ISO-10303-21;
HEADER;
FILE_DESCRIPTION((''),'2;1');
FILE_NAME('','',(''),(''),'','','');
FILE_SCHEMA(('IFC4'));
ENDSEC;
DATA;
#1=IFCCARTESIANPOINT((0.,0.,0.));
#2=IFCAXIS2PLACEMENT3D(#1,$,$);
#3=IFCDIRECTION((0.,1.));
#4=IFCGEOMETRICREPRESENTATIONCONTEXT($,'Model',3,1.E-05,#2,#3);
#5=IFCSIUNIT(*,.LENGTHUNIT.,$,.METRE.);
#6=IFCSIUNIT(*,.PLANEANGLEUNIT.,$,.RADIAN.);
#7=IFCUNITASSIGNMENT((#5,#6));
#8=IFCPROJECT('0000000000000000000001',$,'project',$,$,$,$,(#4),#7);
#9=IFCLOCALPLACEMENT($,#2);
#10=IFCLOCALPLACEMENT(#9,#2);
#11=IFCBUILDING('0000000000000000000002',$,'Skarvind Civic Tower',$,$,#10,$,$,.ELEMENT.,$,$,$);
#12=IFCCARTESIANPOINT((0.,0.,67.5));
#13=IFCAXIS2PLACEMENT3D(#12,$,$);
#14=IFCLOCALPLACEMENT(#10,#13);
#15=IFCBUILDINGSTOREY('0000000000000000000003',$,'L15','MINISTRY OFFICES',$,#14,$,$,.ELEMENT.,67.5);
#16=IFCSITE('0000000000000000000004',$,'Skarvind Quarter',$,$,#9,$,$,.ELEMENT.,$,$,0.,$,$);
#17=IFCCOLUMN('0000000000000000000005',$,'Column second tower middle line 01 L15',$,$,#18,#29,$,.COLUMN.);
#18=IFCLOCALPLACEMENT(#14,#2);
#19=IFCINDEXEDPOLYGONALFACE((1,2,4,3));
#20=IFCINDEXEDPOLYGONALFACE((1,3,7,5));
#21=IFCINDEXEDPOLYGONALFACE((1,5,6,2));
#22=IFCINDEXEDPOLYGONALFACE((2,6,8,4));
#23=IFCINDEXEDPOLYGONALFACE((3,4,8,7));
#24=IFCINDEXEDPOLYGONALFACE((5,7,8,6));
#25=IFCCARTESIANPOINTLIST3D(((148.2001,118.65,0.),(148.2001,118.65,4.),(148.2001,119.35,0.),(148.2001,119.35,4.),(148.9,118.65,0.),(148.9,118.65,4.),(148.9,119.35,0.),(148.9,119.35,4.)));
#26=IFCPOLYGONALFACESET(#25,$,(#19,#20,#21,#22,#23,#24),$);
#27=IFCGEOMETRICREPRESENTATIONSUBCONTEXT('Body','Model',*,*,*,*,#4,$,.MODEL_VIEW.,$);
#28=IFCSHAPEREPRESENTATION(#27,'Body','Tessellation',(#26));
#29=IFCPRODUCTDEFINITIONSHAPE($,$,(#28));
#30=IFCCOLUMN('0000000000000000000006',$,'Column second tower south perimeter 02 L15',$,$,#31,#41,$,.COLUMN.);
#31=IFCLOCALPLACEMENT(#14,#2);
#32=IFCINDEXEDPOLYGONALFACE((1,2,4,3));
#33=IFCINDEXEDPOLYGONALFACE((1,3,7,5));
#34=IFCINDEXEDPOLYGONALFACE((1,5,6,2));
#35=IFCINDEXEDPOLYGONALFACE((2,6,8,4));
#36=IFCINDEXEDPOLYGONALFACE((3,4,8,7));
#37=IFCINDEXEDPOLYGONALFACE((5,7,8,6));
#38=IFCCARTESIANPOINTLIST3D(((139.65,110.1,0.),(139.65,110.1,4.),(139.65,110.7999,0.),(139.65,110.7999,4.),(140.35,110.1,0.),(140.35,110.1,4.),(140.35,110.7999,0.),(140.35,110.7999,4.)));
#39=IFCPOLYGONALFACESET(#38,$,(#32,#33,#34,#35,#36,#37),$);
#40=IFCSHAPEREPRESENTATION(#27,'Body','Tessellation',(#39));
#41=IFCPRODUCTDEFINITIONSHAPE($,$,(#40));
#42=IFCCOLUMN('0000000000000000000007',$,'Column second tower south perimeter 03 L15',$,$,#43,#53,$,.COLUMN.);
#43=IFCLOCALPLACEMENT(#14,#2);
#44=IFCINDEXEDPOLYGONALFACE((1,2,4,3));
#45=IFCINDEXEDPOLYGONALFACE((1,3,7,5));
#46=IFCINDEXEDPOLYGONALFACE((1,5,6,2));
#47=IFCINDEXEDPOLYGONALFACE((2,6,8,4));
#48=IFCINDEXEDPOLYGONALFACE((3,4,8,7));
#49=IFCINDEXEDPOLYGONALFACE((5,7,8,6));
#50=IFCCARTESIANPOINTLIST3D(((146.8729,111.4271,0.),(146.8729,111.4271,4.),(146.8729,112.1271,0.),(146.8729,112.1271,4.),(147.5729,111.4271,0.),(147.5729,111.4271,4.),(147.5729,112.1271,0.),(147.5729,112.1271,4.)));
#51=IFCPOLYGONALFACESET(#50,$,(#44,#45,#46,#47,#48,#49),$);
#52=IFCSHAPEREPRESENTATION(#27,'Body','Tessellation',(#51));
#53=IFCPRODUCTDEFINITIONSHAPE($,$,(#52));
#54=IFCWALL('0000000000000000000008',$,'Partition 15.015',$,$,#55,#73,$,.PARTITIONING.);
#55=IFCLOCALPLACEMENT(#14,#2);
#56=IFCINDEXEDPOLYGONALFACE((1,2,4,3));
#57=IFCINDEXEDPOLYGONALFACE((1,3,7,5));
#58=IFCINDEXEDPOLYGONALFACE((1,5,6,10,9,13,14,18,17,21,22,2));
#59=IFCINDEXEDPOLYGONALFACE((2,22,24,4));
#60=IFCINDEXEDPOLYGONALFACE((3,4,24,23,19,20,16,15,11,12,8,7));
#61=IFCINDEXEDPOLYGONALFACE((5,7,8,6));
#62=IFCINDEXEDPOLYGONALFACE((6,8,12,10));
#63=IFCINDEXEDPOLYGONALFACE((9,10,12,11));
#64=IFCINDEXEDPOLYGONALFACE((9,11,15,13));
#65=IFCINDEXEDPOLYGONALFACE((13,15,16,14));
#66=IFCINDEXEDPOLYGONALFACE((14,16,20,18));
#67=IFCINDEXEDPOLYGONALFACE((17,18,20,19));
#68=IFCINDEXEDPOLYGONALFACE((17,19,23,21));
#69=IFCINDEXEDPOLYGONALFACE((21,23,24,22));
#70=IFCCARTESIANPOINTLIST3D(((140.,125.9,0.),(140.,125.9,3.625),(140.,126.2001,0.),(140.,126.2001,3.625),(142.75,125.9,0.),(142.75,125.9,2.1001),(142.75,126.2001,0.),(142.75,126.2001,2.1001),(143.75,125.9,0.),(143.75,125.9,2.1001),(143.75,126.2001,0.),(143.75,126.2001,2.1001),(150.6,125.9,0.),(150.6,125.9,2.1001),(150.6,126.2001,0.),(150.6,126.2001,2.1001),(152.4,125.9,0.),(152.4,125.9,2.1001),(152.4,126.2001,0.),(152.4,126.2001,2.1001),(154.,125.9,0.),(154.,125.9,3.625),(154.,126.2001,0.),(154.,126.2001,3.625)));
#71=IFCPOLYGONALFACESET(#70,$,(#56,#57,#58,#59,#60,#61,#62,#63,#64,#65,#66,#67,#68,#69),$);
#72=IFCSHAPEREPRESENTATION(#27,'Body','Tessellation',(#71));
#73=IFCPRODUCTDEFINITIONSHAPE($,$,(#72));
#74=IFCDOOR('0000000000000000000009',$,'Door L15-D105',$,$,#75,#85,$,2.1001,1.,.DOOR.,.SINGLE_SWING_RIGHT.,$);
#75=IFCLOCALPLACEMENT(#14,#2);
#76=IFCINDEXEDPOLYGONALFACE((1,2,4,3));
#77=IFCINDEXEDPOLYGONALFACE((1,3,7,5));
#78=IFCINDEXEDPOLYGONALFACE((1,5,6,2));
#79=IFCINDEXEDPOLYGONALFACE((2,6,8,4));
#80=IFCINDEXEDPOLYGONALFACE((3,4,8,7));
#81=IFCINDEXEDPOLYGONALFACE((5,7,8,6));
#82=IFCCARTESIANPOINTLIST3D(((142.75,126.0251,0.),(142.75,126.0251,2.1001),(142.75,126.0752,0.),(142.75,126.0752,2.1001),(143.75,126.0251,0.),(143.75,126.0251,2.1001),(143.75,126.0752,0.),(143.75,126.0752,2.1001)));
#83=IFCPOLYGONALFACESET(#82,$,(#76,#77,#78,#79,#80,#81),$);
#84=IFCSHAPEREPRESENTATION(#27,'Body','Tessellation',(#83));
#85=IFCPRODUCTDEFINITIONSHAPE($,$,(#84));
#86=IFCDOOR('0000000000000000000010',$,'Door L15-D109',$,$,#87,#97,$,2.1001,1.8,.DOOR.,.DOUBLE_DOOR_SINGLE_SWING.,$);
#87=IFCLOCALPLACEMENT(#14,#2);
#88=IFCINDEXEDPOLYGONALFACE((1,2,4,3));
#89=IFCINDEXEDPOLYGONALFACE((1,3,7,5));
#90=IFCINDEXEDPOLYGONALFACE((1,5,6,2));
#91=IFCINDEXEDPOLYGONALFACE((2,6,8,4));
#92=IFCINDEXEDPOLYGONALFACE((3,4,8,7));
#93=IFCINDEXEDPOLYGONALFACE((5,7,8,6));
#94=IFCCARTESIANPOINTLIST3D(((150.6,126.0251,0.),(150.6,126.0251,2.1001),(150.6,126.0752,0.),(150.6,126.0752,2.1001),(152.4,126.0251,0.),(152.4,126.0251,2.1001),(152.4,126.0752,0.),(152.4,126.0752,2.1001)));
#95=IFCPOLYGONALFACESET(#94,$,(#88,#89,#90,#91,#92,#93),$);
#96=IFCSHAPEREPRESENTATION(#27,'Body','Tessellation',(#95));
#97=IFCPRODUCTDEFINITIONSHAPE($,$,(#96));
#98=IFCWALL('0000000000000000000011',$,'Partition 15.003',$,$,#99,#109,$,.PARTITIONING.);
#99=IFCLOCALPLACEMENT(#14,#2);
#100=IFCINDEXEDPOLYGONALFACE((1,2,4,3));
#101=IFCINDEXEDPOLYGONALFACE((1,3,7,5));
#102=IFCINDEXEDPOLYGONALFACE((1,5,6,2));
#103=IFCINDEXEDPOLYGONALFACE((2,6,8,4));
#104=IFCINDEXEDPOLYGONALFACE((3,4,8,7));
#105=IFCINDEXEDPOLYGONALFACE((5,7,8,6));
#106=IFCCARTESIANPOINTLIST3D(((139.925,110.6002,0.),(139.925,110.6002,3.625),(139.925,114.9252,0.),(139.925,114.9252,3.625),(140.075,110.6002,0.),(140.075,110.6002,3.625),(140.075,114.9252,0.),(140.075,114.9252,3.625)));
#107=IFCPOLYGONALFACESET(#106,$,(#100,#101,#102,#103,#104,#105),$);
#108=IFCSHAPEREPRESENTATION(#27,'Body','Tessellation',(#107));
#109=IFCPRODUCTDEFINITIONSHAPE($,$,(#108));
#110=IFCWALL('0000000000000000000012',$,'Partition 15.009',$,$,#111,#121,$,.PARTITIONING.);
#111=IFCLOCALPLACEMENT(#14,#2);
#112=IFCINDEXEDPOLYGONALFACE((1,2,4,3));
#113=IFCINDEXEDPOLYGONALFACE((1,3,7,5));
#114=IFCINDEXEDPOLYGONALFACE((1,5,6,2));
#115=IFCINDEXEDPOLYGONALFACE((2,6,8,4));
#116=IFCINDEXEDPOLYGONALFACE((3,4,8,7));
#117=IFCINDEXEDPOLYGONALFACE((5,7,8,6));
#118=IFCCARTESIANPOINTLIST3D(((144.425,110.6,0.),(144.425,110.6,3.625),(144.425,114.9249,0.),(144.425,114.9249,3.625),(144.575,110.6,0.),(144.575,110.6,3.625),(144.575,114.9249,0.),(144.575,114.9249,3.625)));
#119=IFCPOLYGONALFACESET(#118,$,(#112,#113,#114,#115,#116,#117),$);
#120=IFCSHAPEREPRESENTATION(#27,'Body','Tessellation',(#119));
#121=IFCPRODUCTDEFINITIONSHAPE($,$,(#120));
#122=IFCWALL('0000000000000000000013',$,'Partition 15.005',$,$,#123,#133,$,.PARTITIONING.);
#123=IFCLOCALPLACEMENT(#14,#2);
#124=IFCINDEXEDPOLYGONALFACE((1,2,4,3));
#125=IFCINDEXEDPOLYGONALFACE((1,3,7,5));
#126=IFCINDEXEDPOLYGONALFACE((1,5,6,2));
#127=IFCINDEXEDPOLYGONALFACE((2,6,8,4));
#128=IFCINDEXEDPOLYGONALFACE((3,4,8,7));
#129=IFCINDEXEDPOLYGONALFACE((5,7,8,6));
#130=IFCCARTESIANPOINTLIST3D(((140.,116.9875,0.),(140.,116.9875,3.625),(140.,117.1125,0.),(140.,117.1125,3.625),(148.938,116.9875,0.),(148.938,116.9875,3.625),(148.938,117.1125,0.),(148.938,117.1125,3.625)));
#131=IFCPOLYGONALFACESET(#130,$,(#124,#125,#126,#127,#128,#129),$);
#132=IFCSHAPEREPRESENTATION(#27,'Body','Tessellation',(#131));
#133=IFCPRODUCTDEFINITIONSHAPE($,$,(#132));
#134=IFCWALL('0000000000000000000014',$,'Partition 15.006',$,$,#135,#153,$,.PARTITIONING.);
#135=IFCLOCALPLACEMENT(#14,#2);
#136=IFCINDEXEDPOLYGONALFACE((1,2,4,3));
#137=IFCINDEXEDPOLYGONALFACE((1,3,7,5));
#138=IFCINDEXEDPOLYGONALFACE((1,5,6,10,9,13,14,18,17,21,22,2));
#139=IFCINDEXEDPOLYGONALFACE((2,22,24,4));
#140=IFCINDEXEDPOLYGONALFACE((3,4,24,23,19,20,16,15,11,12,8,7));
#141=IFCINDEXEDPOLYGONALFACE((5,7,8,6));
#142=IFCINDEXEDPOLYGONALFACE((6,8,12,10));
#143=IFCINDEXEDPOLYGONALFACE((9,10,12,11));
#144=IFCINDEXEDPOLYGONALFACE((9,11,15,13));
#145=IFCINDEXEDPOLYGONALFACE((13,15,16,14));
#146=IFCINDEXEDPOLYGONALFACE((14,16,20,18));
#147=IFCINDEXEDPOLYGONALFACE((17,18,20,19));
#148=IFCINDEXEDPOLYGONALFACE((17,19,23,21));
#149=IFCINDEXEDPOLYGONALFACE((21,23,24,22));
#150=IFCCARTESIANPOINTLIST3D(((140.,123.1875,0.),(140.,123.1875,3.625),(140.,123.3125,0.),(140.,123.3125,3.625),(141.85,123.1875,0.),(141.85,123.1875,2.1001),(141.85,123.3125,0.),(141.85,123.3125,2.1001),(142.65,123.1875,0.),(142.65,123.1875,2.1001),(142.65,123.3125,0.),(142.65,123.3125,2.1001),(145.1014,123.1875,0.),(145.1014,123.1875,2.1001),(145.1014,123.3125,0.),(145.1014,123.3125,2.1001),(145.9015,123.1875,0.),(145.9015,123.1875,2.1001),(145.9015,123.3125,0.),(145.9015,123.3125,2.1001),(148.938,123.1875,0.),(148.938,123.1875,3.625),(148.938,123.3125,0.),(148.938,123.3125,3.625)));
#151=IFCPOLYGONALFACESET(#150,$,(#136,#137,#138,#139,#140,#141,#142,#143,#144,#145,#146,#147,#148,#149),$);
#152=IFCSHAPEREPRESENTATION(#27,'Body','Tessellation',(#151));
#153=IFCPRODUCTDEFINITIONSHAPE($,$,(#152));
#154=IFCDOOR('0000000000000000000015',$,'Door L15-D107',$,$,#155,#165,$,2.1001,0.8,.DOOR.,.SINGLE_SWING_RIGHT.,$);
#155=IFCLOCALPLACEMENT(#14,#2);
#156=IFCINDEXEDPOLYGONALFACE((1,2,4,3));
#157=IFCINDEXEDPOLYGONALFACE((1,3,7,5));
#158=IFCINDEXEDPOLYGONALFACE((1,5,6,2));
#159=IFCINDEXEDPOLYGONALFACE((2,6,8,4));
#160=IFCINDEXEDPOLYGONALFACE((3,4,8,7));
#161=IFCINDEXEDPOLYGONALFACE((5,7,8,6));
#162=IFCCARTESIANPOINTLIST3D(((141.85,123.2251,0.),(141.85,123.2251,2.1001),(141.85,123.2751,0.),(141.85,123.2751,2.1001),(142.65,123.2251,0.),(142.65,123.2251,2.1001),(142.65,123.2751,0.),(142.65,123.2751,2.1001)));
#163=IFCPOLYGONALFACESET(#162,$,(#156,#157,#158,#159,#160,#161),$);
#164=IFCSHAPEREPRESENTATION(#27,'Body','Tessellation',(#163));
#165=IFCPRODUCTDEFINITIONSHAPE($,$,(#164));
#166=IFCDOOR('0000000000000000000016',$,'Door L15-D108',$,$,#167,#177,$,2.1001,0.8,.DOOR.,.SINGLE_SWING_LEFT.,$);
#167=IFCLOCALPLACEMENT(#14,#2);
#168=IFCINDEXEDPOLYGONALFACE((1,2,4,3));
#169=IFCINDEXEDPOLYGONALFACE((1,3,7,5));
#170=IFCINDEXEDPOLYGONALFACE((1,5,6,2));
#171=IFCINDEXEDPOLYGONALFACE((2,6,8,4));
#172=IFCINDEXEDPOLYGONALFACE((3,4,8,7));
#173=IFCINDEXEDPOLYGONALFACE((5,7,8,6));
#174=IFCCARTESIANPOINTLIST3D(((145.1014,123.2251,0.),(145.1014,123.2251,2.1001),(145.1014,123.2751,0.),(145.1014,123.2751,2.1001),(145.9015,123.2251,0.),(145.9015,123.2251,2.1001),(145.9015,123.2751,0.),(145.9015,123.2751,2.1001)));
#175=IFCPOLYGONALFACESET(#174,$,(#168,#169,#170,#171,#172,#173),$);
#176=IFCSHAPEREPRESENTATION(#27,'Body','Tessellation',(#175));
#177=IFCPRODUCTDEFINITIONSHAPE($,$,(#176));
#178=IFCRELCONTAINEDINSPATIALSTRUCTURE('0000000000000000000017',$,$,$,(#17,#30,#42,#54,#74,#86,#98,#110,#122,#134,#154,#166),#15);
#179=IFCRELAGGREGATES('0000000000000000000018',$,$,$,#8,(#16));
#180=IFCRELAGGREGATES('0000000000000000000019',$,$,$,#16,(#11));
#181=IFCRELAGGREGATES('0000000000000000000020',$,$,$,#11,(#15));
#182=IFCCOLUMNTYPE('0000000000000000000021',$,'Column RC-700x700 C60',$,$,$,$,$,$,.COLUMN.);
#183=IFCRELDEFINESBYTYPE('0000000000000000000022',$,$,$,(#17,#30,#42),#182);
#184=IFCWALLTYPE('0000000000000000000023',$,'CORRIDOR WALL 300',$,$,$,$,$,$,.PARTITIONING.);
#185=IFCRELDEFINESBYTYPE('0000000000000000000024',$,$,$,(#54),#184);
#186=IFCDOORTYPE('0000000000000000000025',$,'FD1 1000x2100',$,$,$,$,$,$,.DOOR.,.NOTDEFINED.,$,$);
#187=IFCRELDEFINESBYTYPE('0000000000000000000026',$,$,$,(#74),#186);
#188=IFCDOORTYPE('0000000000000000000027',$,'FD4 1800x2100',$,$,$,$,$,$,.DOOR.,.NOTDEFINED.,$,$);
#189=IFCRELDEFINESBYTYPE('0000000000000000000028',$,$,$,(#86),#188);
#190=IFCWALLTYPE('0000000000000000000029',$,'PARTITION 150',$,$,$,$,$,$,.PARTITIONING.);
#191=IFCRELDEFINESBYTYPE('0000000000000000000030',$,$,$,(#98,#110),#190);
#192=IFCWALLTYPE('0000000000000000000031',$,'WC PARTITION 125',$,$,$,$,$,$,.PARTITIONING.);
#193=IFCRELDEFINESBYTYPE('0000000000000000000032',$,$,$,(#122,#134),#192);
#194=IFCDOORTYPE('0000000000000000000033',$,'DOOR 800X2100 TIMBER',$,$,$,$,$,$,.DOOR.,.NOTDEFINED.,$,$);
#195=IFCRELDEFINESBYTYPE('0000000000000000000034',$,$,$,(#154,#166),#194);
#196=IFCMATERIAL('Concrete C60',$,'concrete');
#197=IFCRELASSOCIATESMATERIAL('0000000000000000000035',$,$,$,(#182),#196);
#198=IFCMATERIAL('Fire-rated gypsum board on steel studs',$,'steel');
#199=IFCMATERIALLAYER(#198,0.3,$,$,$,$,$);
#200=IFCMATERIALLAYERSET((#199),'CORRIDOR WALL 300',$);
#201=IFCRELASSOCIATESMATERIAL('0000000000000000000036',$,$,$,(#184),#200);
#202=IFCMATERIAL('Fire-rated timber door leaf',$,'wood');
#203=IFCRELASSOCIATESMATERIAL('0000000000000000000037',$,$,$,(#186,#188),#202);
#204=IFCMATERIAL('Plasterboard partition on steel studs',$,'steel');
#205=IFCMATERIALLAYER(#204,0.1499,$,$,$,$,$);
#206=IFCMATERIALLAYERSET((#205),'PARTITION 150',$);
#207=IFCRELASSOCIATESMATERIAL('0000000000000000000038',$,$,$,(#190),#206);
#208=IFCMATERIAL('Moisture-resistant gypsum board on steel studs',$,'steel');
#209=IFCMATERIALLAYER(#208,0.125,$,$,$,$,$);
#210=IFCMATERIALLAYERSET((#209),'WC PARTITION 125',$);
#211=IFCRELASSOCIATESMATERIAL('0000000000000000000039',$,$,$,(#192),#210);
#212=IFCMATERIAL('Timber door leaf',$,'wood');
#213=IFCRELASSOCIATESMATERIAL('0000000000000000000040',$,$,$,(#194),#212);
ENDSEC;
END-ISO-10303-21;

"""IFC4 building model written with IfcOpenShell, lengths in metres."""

from ifc_helpers import new_model, si_unit, direction, frame, frame_2d, origin, origin_2d, place, context, subcontext, project, spatial, rectangle, extrude, material, layer, layer_set, material_profile, profile_set, type_object, element, fill, save


model = new_model("IFC4")

# Units and contexts
model_context = context("Model", 3, precision=1e-05, world=origin(), true_north=direction((0.0, 1.0)))
body_context = subcontext(model_context, "Body", "Model", "MODEL_VIEW")
ifc_project = project(units=[si_unit("LENGTHUNIT", "METRE"), si_unit("PLANEANGLEUNIT", "RADIAN")], contexts=[model_context])

# Site, building, storey
site_placement = place(None, origin())
site = spatial("IfcSite", under=ifc_project, at=site_placement, Name="Skarvind Quarter", CompositionType="ELEMENT", RefElevation=0.0)
building_placement = place(site_placement, origin())
building = spatial("IfcBuilding", under=site, at=building_placement, Name="Skarvind Civic Tower", CompositionType="ELEMENT")
storey_placement = place(building_placement, frame((0.0, 0.0, 67.5)))
storey = spatial("IfcBuildingStorey", under=building, at=storey_placement, Name="L15", Description="MINISTRY OFFICES", CompositionType="ELEMENT", Elevation=67.5)

# Columns
ifc_material_1 = material(Name="Concrete C60", Category="concrete")
ifc_material_profile = material_profile(ifc_material_1, rectangle(XDim=0.7, YDim=0.7, at=origin_2d()), Name="RC-700x700")
ifc_profile_set = profile_set([ifc_material_profile], Name="Concrete C60")
column_type = type_object("IfcColumnType", Name="Column RC-700x700 C60", PredefinedType="COLUMN", material=ifc_profile_set)
for number, where, z_axis, x_axis, name in (
    (1, (148.55, 119.0, 0.0), (0.0, 0.0, 1.0), (1.0, 0.0, 0.0), "Column second tower middle line 01 L15"),
    (2, (140.0, 110.45, 0.0), (0.0, 0.0, 1.0), (1.0, 0.0, 0.0), "Column second tower south perimeter 02 L15"),
    (3, (147.2229, 111.7771, 0.0), (0.0, 0.0, 1.0), (1.0, 0.0, 0.0), "Column second tower south perimeter 03 L15"),
):
    element("IfcColumn", number, at=place(storey_placement, frame(where, z_axis=z_axis, x_axis=x_axis)), inside=storey, type_object=column_type, Name=name, PredefinedType="COLUMN", context=body_context, shape_type="SweptSolid", body=[
        extrude(rectangle(XDim=0.7, YDim=0.7, at=origin_2d()), origin(), (0.0, 0.0, 1.0), 4.0),
    ])

# Wall, openings, doors
ifc_material_2 = material(Name="Fire-rated gypsum board on steel studs", Category="steel")
ifc_layer_1 = layer(ifc_material_2, 0.3)
ifc_layer_set_1 = layer_set([ifc_layer_1], Name="CORRIDOR WALL 300")
wall_type_1 = type_object("IfcWallType", Name="CORRIDOR WALL 300", PredefinedType="PARTITIONING", material=ifc_layer_set_1)
wall_1_placement = place(storey_placement, frame((154.0, 126.05, 0.0), z_axis=(0.0, 0.0, 1.0), x_axis=(-1.0, 0.0, 0.0)))
wall_1 = element("IfcWall", 4, at=wall_1_placement, inside=storey, type_object=wall_type_1, Name="Partition 15.015", PredefinedType="PARTITIONING", context=body_context, shape_type="SweptSolid", body=[
    extrude(rectangle(XDim=14.0, YDim=0.3, at=frame_2d((7.0, 0.0))), origin(), (0.0, 0.0, 1.0), 3.625),
])
opening_1_placement = place(wall_1_placement, frame((10.25, 0.0, 0.0)))
opening_1 = element("IfcOpeningElement", 5, at=opening_1_placement, cuts=wall_1, PredefinedType="OPENING", context=body_context, shape_type="SweptSolid", body=[
    extrude(rectangle(XDim=1.0, YDim=2.1001, at=frame_2d((0.5, 1.05))), frame((0.0, 0.1599, 0.0), z_axis=(0.0, -1.0, 0.0), x_axis=(1.0, 0.0, 0.0)), (0.0, 0.0, 1.0), 0.3201),
])
opening_2_placement = place(wall_1_placement, frame((1.6001, 0.0, 0.0)))
opening_2 = element("IfcOpeningElement", 6, at=opening_2_placement, cuts=wall_1, PredefinedType="OPENING", context=body_context, shape_type="SweptSolid", body=[
    extrude(rectangle(XDim=1.8, YDim=2.1001, at=frame_2d((0.8999, 1.05))), frame((0.0, 0.1599, 0.0), z_axis=(0.0, -1.0, 0.0), x_axis=(1.0, 0.0, 0.0)), (0.0, 0.0, 1.0), 0.3201),
])
ifc_material_3 = material(Name="Fire-rated timber door leaf", Category="wood")
door_type_1 = type_object("IfcDoorType", Name="FD1 1000x2100", OperationType="NOTDEFINED", PredefinedType="DOOR", material=ifc_material_3)
door_1_placement = place(opening_1_placement, origin())
door_1 = element("IfcDoor", 7, at=door_1_placement, inside=storey, type_object=door_type_1, Name="Door L15-D105", OperationType="SINGLE_SWING_RIGHT", OverallHeight=2.1001, OverallWidth=1.0, PredefinedType="DOOR", context=body_context, shape_type="SweptSolid", body=[
    extrude(rectangle(XDim=1.0, YDim=2.1001, at=frame_2d((0.5, 1.05))), frame((0.0, 0.0249, 0.0), z_axis=(0.0, -1.0, 0.0), x_axis=(1.0, 0.0, 0.0)), (0.0, 0.0, 1.0), 0.05),
])
fill(opening_1, door_1)
door_type_2 = type_object("IfcDoorType", Name="FD4 1800x2100", OperationType="NOTDEFINED", PredefinedType="DOOR", material=ifc_material_3)
door_2_placement = place(opening_2_placement, origin())
door_2 = element("IfcDoor", 8, at=door_2_placement, inside=storey, type_object=door_type_2, Name="Door L15-D109", OperationType="DOUBLE_DOOR_SINGLE_SWING", OverallHeight=2.1001, OverallWidth=1.8, PredefinedType="DOOR", context=body_context, shape_type="SweptSolid", body=[
    extrude(rectangle(XDim=1.8, YDim=2.1001, at=frame_2d((0.8999, 1.05))), frame((0.0, 0.0249, 0.0), z_axis=(0.0, -1.0, 0.0), x_axis=(1.0, 0.0, 0.0)), (0.0, 0.0, 1.0), 0.05),
])
fill(opening_2, door_2)

# Walls
ifc_material_4 = material(Name="Plasterboard partition on steel studs", Category="steel")
ifc_layer_2 = layer(ifc_material_4, 0.1499)
ifc_layer_set_2 = layer_set([ifc_layer_2], Name="PARTITION 150")
wall_type_2 = type_object("IfcWallType", Name="PARTITION 150", PredefinedType="PARTITIONING", material=ifc_layer_set_2)
for number, where, z_axis, x_axis, name in (
    (9, (140.0, 110.6001, 0.0), (0.0, 0.0, 1.0), (0.0, 1.0, 0.0), "Partition 15.003"),
    (10, (144.5, 114.925, 0.0), (0.0, 0.0, 1.0), (0.0, -1.0, 0.0), "Partition 15.009"),
):
    element("IfcWall", number, at=place(storey_placement, frame(where, z_axis=z_axis, x_axis=x_axis)), inside=storey, type_object=wall_type_2, Name=name, PredefinedType="PARTITIONING", context=body_context, shape_type="SweptSolid", body=[
        extrude(rectangle(XDim=4.325, YDim=0.1499, at=frame_2d((2.1626, 0.0))), origin(), (0.0, 0.0, 1.0), 3.625),
    ])
ifc_material_5 = material(Name="Moisture-resistant gypsum board on steel studs", Category="steel")
ifc_layer_3 = layer(ifc_material_5, 0.125)
ifc_layer_set_3 = layer_set([ifc_layer_3], Name="WC PARTITION 125")
wall_type_3 = type_object("IfcWallType", Name="WC PARTITION 125", PredefinedType="PARTITIONING", material=ifc_layer_set_3)
wall_2_placement = place(storey_placement, frame((140.0, 117.05, 0.0), z_axis=(0.0, 0.0, 1.0), x_axis=(1.0, 0.0, 0.0)))
element("IfcWall", 11, at=wall_2_placement, inside=storey, type_object=wall_type_3, Name="Partition 15.005", PredefinedType="PARTITIONING", context=body_context, shape_type="SweptSolid", body=[
    extrude(rectangle(XDim=8.938, YDim=0.125, at=frame_2d((4.469, 0.0))), origin(), (0.0, 0.0, 1.0), 3.625),
])

# Wall, openings, doors
wall_3_placement = place(storey_placement, frame((148.938, 123.25, 0.0), z_axis=(0.0, 0.0, 1.0), x_axis=(-1.0, 0.0, 0.0)))
wall_3 = element("IfcWall", 12, at=wall_3_placement, inside=storey, type_object=wall_type_3, Name="Partition 15.006", PredefinedType="PARTITIONING", context=body_context, shape_type="SweptSolid", body=[
    extrude(rectangle(XDim=8.938, YDim=0.125, at=frame_2d((4.469, 0.0))), origin(), (0.0, 0.0, 1.0), 3.625),
])
opening_3_placement = place(wall_3_placement, frame((6.2881, 0.0, 0.0)))
opening_3 = element("IfcOpeningElement", 13, at=opening_3_placement, cuts=wall_3, PredefinedType="OPENING", context=body_context, shape_type="SweptSolid", body=[
    extrude(rectangle(XDim=0.8, YDim=2.1001, at=frame_2d((0.3999, 1.05))), frame((0.0, 0.0725, 0.0), z_axis=(0.0, -1.0, 0.0), x_axis=(1.0, 0.0, 0.0)), (0.0, 0.0, 1.0), 0.145),
])
opening_4_placement = place(wall_3_placement, frame((3.0366, 0.0, 0.0)))
opening_4 = element("IfcOpeningElement", 14, at=opening_4_placement, cuts=wall_3, PredefinedType="OPENING", context=body_context, shape_type="SweptSolid", body=[
    extrude(rectangle(XDim=0.8, YDim=2.1001, at=frame_2d((0.3999, 1.05))), frame((0.0, 0.0725, 0.0), z_axis=(0.0, -1.0, 0.0), x_axis=(1.0, 0.0, 0.0)), (0.0, 0.0, 1.0), 0.145),
])
ifc_material_6 = material(Name="Timber door leaf", Category="wood")
door_type_3 = type_object("IfcDoorType", Name="DOOR 800X2100 TIMBER", OperationType="NOTDEFINED", PredefinedType="DOOR", material=ifc_material_6)
door_3_placement = place(opening_3_placement, origin())
door_3 = element("IfcDoor", 15, at=door_3_placement, inside=storey, type_object=door_type_3, Name="Door L15-D107", OperationType="SINGLE_SWING_RIGHT", OverallHeight=2.1001, OverallWidth=0.8, PredefinedType="DOOR", context=body_context, shape_type="SweptSolid", body=[
    extrude(rectangle(XDim=0.8, YDim=2.1001, at=frame_2d((0.3999, 1.05))), frame((0.0, 0.0249, 0.0), z_axis=(0.0, -1.0, 0.0), x_axis=(1.0, 0.0, 0.0)), (0.0, 0.0, 1.0), 0.05),
])
fill(opening_3, door_3)
door_4_placement = place(opening_4_placement, origin())
door_4 = element("IfcDoor", 16, at=door_4_placement, inside=storey, type_object=door_type_3, Name="Door L15-D108", OperationType="SINGLE_SWING_LEFT", OverallHeight=2.1001, OverallWidth=0.8, PredefinedType="DOOR", context=body_context, shape_type="SweptSolid", body=[
    extrude(rectangle(XDim=0.8, YDim=2.1001, at=frame_2d((0.3999, 1.05))), frame((0.0, 0.0249, 0.0), z_axis=(0.0, -1.0, 0.0), x_axis=(1.0, 0.0, 0.0)), (0.0, 0.0, 1.0), 0.05),
])
fill(opening_4, door_4)

save(model, "model.ifc")
